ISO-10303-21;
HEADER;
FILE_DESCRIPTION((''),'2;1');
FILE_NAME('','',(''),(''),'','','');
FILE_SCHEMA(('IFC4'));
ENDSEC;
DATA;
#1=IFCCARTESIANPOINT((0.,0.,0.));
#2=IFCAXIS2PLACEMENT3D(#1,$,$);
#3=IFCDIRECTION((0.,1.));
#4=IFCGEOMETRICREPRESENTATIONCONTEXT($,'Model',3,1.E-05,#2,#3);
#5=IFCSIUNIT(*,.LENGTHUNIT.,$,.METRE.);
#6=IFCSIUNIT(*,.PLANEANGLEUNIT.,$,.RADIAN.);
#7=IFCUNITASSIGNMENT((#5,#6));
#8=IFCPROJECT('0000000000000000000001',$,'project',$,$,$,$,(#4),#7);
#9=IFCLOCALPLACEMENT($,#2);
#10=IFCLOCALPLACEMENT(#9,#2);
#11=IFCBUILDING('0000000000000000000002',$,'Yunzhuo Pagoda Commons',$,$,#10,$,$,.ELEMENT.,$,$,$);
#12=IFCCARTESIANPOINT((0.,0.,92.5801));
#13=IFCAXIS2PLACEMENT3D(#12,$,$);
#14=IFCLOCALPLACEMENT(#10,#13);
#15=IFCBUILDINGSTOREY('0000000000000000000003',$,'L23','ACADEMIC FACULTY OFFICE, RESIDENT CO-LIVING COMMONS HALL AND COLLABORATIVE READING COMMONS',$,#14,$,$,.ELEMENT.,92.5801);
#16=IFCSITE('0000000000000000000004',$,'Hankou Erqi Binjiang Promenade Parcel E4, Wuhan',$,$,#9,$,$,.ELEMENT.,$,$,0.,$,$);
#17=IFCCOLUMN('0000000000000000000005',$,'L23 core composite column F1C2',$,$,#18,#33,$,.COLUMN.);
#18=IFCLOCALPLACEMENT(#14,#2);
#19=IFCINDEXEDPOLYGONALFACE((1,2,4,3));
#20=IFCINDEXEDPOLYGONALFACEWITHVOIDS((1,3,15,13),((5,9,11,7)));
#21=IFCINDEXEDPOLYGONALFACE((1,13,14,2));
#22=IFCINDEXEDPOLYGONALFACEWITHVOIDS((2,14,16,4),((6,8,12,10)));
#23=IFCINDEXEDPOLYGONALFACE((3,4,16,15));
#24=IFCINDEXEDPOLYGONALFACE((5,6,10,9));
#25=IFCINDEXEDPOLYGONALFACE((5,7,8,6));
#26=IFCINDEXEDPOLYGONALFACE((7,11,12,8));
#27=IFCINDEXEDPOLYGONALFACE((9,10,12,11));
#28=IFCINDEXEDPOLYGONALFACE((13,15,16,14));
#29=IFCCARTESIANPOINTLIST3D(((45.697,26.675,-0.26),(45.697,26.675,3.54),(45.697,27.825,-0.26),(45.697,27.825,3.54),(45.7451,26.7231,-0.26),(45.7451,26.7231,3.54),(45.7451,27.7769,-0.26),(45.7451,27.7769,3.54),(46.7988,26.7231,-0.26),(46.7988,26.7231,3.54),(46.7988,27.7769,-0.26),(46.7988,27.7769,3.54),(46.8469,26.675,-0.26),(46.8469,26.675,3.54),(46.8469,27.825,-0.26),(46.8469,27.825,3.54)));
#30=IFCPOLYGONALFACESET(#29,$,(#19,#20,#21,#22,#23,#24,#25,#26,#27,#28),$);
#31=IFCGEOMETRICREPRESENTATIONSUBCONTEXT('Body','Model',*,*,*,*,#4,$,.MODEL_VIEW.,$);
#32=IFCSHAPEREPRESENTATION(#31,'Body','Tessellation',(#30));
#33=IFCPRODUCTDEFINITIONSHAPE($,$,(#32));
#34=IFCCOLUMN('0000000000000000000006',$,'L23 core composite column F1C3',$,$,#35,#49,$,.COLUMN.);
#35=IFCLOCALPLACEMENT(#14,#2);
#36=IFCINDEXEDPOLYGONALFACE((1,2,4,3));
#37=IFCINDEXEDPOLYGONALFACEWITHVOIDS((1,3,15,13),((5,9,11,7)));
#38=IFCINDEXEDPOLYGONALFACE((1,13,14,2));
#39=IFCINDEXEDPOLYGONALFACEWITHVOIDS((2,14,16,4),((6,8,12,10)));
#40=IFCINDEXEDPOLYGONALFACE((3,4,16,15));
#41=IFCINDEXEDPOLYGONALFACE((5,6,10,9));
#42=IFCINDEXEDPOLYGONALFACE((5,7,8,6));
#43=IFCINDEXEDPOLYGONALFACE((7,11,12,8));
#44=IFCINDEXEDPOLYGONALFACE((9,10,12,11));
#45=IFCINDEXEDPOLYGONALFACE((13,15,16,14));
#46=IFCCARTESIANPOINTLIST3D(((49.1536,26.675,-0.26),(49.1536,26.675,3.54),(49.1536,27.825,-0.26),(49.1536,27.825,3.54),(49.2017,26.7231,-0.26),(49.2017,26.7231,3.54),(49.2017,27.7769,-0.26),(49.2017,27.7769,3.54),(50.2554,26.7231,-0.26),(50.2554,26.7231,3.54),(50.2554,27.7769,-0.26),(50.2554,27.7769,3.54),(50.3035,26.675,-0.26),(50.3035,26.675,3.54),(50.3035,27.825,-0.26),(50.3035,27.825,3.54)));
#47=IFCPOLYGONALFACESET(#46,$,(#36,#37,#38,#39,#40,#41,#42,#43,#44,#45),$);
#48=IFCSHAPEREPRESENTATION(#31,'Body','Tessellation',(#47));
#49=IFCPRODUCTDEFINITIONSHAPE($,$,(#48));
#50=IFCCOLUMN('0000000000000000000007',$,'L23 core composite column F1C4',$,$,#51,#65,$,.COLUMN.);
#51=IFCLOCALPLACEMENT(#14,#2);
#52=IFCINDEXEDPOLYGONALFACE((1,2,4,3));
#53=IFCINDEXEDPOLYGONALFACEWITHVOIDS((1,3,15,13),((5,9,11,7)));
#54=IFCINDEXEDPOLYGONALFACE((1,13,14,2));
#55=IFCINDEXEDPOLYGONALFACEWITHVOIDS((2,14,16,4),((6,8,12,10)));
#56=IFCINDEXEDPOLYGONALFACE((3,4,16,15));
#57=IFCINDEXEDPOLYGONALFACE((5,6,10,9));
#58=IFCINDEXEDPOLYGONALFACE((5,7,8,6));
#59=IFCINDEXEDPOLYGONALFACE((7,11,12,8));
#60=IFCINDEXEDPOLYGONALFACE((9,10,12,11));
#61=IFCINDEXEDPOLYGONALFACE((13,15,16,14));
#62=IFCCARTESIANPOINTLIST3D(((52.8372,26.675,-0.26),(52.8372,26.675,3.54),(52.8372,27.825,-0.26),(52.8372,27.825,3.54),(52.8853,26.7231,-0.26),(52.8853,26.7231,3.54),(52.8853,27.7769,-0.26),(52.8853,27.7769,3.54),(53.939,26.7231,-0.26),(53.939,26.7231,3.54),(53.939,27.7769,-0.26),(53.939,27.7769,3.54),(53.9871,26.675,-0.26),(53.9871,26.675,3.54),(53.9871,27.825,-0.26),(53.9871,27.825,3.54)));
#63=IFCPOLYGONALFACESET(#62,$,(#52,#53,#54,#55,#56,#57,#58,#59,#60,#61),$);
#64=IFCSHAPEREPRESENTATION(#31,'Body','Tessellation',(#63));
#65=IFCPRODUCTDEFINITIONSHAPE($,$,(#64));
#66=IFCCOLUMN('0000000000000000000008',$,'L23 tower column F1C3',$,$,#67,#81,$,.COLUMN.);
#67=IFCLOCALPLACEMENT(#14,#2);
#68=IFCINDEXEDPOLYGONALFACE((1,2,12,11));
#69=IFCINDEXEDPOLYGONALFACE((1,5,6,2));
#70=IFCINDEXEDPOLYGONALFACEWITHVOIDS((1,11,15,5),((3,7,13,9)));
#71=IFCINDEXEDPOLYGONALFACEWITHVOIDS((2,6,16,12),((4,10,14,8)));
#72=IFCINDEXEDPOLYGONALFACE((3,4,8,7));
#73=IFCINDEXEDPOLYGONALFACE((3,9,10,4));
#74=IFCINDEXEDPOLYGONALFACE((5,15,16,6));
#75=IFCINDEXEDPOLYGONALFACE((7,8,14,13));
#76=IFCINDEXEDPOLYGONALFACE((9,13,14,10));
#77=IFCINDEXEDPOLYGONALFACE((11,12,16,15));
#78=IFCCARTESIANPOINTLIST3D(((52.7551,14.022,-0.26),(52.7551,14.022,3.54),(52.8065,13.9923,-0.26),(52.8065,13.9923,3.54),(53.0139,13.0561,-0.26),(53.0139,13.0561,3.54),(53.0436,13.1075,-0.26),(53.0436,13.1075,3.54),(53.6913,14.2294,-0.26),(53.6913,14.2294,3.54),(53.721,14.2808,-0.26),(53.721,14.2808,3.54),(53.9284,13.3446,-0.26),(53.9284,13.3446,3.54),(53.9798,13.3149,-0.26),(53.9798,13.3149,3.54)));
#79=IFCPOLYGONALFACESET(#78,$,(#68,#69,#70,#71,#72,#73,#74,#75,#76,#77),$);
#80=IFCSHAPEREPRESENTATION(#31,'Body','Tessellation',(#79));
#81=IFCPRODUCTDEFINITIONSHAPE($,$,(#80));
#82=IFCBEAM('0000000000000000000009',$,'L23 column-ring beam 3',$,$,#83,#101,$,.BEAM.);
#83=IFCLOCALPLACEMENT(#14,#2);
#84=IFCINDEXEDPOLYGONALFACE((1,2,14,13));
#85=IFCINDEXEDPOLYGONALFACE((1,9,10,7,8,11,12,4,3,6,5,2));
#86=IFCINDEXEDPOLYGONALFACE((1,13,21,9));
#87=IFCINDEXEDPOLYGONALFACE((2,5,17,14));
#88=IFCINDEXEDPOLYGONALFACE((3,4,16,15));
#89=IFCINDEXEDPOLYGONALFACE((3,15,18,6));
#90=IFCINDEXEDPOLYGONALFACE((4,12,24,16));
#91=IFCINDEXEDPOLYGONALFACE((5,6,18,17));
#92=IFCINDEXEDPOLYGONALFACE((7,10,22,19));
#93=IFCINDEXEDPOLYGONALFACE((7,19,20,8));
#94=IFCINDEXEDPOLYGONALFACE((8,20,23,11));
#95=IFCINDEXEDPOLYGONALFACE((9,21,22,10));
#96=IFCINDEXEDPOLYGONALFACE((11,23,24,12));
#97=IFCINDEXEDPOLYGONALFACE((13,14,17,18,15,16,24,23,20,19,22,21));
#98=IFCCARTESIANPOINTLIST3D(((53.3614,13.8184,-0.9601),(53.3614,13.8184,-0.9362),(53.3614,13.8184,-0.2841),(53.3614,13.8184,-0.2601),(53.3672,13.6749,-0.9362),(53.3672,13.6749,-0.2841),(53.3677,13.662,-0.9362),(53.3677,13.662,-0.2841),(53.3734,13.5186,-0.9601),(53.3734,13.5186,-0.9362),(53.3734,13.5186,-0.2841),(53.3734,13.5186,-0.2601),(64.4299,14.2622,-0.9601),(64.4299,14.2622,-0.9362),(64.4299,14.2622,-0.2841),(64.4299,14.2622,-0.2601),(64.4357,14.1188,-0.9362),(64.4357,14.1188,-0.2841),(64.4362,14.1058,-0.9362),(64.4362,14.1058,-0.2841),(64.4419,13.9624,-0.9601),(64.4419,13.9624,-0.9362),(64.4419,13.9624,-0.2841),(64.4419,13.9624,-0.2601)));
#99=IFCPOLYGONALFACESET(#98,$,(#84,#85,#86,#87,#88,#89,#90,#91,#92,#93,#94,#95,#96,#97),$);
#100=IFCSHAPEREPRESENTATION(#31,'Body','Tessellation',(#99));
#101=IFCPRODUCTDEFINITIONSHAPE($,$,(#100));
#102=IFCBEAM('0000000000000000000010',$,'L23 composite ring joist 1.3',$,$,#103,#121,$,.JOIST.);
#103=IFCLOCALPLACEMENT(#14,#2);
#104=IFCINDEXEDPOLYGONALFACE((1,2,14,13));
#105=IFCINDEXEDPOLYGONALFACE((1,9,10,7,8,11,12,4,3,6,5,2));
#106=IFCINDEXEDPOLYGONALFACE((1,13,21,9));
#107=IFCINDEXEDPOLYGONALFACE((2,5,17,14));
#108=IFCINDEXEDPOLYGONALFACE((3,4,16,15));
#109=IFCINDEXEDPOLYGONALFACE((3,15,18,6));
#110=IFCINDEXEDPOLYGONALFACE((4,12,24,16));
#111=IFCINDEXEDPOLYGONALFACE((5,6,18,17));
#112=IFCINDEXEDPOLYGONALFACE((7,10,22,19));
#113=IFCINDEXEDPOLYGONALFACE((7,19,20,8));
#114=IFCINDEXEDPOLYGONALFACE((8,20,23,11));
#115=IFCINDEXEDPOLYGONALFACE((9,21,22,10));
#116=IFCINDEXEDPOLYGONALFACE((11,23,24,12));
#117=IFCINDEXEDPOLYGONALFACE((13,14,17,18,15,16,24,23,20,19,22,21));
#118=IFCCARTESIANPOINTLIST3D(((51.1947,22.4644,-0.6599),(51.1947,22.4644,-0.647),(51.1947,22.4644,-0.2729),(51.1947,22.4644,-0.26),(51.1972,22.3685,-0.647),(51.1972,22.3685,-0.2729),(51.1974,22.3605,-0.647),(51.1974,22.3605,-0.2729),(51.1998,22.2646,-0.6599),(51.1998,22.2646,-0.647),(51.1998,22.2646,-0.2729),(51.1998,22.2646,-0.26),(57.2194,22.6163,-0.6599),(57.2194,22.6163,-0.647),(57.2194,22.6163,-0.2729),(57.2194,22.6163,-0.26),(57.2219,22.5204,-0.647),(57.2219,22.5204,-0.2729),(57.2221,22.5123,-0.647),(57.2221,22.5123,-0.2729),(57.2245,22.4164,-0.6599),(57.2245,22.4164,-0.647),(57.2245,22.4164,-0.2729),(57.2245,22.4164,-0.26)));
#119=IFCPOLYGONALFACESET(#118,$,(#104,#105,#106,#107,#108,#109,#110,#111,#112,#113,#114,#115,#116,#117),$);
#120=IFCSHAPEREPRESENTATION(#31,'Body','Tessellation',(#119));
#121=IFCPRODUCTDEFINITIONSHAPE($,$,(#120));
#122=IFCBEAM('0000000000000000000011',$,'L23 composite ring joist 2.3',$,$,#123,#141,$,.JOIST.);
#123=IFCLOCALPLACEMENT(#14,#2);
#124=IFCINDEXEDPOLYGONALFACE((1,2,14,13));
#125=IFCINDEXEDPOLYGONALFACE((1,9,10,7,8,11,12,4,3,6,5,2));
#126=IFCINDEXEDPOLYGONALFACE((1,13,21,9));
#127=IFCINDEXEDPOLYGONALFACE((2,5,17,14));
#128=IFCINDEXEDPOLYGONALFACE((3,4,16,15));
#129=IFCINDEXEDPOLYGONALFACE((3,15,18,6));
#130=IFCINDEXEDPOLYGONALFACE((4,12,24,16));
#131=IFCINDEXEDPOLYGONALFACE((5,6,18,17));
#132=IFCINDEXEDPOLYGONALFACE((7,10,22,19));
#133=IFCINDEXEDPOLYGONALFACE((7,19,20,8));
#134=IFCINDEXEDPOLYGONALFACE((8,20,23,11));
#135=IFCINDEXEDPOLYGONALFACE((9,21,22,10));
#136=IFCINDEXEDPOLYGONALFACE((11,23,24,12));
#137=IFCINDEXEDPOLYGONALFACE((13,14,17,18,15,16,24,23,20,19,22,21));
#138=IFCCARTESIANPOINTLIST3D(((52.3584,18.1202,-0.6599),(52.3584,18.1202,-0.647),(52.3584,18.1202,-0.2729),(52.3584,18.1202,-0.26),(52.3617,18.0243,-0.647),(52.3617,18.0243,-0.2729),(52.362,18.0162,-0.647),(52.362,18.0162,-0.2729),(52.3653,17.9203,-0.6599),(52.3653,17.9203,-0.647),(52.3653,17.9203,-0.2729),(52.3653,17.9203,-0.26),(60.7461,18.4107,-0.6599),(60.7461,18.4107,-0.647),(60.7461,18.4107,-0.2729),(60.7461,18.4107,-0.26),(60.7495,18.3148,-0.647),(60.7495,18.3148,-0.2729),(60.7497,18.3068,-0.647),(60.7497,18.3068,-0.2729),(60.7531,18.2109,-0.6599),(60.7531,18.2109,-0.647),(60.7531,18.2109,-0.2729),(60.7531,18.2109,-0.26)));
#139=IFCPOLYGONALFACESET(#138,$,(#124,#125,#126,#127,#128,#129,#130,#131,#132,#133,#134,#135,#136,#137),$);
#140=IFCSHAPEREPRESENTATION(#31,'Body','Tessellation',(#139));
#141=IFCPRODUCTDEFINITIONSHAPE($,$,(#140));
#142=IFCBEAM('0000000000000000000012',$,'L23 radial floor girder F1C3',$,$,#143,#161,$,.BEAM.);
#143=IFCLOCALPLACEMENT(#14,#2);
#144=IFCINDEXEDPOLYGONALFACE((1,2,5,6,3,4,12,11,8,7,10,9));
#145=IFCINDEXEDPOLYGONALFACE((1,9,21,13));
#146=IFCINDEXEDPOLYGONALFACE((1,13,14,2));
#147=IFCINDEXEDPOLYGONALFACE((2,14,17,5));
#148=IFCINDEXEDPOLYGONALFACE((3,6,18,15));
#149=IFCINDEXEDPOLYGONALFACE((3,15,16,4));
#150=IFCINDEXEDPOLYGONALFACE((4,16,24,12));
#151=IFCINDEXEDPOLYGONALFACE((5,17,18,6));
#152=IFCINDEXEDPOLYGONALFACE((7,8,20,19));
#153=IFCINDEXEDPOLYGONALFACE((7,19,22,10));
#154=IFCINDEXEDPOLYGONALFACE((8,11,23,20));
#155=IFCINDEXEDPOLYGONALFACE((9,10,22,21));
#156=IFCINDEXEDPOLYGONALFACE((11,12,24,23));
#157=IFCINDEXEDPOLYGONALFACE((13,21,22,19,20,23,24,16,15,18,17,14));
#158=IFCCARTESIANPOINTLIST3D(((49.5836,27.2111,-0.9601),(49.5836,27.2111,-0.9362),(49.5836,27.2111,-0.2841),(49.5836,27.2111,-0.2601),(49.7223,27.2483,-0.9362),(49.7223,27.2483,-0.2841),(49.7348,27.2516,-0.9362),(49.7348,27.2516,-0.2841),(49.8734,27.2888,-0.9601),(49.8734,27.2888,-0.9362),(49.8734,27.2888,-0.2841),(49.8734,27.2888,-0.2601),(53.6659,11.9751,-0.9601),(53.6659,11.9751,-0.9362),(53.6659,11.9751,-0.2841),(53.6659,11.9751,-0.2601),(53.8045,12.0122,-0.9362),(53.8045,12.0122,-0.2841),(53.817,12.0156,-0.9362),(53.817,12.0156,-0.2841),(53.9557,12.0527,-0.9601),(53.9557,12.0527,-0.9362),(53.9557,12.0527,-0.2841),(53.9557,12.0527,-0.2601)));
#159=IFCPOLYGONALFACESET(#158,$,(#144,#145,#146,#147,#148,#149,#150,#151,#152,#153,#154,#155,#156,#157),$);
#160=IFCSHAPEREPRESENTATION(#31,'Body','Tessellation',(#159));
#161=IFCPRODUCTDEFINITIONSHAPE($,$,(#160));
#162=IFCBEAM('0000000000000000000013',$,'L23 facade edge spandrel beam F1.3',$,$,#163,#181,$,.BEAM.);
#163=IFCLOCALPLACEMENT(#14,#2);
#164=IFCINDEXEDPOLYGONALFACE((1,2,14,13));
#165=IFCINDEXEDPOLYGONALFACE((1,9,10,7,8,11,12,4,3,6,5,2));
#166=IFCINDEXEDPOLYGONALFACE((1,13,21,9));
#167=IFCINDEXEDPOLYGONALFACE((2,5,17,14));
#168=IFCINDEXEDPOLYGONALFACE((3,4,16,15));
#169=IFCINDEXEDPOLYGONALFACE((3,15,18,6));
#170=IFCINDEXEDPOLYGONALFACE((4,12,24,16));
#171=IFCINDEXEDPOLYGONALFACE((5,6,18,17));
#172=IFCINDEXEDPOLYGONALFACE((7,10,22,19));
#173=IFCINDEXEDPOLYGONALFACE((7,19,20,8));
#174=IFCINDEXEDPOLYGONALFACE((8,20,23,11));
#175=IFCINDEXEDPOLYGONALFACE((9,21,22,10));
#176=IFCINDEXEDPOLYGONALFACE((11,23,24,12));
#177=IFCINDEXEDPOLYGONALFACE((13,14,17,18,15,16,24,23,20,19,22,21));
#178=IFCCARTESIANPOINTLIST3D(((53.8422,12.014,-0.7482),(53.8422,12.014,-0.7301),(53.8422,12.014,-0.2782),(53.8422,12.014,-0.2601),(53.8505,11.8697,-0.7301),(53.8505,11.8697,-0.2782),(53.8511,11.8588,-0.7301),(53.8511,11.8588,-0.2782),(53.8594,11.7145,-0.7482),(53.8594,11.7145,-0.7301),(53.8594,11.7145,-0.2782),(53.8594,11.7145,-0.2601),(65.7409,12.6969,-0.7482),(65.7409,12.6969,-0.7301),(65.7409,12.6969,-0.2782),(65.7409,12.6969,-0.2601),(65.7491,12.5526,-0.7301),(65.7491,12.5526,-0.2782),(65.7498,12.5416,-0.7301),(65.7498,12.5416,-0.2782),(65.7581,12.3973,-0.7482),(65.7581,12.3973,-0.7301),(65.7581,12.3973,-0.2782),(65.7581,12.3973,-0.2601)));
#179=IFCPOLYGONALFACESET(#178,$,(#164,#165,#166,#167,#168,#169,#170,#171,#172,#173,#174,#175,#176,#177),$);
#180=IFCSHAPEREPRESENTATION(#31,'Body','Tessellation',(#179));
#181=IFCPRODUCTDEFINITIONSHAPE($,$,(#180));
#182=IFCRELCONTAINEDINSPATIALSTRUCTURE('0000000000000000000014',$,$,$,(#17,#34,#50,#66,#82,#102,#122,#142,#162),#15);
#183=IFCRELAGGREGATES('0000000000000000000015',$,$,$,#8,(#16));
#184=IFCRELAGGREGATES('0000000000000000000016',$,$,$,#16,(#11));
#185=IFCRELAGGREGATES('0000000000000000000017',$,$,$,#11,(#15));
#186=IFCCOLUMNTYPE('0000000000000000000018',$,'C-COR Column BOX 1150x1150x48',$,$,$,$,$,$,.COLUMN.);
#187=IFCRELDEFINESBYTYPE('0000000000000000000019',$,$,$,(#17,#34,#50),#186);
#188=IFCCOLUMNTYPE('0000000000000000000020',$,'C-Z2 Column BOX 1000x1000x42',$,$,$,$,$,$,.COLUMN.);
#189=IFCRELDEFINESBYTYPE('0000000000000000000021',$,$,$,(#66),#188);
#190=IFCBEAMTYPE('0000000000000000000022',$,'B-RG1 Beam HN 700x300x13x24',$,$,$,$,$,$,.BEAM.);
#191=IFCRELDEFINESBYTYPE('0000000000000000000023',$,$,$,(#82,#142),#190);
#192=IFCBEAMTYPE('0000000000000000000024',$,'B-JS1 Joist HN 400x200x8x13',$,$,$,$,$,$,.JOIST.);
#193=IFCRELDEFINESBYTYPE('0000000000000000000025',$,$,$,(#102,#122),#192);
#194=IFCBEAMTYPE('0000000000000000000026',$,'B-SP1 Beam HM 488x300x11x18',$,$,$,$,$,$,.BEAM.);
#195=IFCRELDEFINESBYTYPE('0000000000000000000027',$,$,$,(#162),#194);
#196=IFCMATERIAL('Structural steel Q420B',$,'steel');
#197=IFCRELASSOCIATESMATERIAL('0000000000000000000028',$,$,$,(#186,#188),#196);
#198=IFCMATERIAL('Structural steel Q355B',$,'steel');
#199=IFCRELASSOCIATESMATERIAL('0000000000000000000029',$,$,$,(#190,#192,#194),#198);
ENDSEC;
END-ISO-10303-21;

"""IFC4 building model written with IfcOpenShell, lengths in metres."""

from ifc_helpers import new_model, si_unit, direction, frame, origin, origin_2d, place, context, subcontext, project, spatial, hollow_rectangle, i_section, extrude, source, transform, mapped, material, material_profile, profile_set, type_object, element, save


model = new_model("IFC4")

# Units and contexts
model_context = context("Model", 3, precision=1e-05, world=origin(), true_north=direction((0.0, 1.0)))
body_context = subcontext(model_context, "Body", "Model", "MODEL_VIEW")
ifc_project = project(units=[si_unit("LENGTHUNIT", "METRE"), si_unit("PLANEANGLEUNIT", "RADIAN")], contexts=[model_context])

# Site, building, storey
site_placement = place(None, origin())
site = spatial("IfcSite", under=ifc_project, at=site_placement, Name="Hankou Erqi Binjiang Promenade Parcel E4, Wuhan", CompositionType="ELEMENT", RefElevation=0.0)
building_placement = place(site_placement, origin())
building = spatial("IfcBuilding", under=site, at=building_placement, Name="Yunzhuo Pagoda Commons", CompositionType="ELEMENT")
storey_placement = place(building_placement, frame((0.0, 0.0, 92.5801)))
storey = spatial("IfcBuildingStorey", under=building, at=storey_placement, Name="L23", Description="ACADEMIC FACULTY OFFICE, RESIDENT CO-LIVING COMMONS HALL AND COLLABORATIVE READING COMMONS", CompositionType="ELEMENT", Elevation=92.5801)

# Columns
ifc_material_1 = material(Name="Structural steel Q420B", Category="steel")
ifc_material_profile_1 = material_profile(ifc_material_1, hollow_rectangle(XDim=1.1499, YDim=1.1499, WallThickness=0.0481, at=origin_2d()), Name="Structural steel Q420B")
ifc_profile_set_1 = profile_set([ifc_material_profile_1], Name="Structural steel Q420B")
column_type_1 = type_object("IfcColumnType", Name="C-COR Column BOX 1150x1150x48", PredefinedType="COLUMN", material=ifc_profile_set_1)
shared_shape_1 = source(origin(), body_context, "Body", "SweptSolid", [
    extrude(hollow_rectangle(XDim=1.1499, YDim=1.1499, WallThickness=0.0481, at=origin_2d()), origin(), (0.0, 0.0, 1.0), 3.8),
])
for number, where, z_axis, x_axis, name in (
    (1, (46.272, 27.25, -0.26), (0.0, 0.0, 1.0), (1.0, 0.0, 0.0), "L23 core composite column F1C2"),
    (2, (49.7285, 27.25, -0.26), (0.0, 0.0, 1.0), (1.0, 0.0, 0.0), "L23 core composite column F1C3"),
    (3, (53.4121, 27.25, -0.26), (0.0, 0.0, 1.0), (1.0, 0.0, 0.0), "L23 core composite column F1C4"),
):
    element("IfcColumn", number, at=place(storey_placement, frame(where, z_axis=z_axis, x_axis=x_axis)), inside=storey, type_object=column_type_1, Name=name, PredefinedType="COLUMN", context=body_context, shape_type="MappedRepresentation", body=[
        mapped(shared_shape_1, transform((0.0, 0.0, 0.0), scale=1.0)),
    ])
ifc_material_profile_2 = material_profile(ifc_material_1, hollow_rectangle(XDim=1.0, YDim=1.0, WallThickness=0.042, at=origin_2d()), Name="Structural steel Q420B")
ifc_profile_set_2 = profile_set([ifc_material_profile_2], Name="Structural steel Q420B")
column_type_2 = type_object("IfcColumnType", Name="C-Z2 Column BOX 1000x1000x42", PredefinedType="COLUMN", material=ifc_profile_set_2)
shared_shape_2 = source(origin(), body_context, "Body", "SweptSolid", [
    extrude(hollow_rectangle(XDim=1.0, YDim=1.0, WallThickness=0.042, at=origin_2d()), origin(), (0.0, 0.0, 1.0), 3.8),
])
column_placement = place(storey_placement, frame((53.3674, 13.6685, -0.26), z_axis=(0.0, 0.0, 1.0), x_axis=(0.965926, 0.258819, 0.0)))
element("IfcColumn", 4, at=column_placement, inside=storey, type_object=column_type_2, Name="L23 tower column F1C3", PredefinedType="COLUMN", context=body_context, shape_type="MappedRepresentation", body=[
    mapped(shared_shape_2, transform((0.0, 0.0, 0.0), scale=1.0)),
])

# Beams
ifc_material_2 = material(Name="Structural steel Q355B", Category="steel")
ifc_material_profile_3 = material_profile(ifc_material_2, i_section(OverallWidth=0.3, OverallDepth=0.7, WebThickness=0.0129, FlangeThickness=0.0239, at=origin_2d()), Name="Structural steel Q355B")
ifc_profile_set_3 = profile_set([ifc_material_profile_3], Name="Structural steel Q355B")
beam_type_1 = type_object("IfcBeamType", Name="B-RG1 Beam HN 700x300x13x24", PredefinedType="BEAM", material=ifc_profile_set_3)
shared_shape_3 = source(origin(), body_context, "Body", "SweptSolid", [
    extrude(i_section(OverallWidth=0.3, OverallDepth=0.7, WebThickness=0.0129, FlangeThickness=0.0239, at=origin_2d()), origin(), (0.0, 0.0, 1.0), 11.0774),
])
beam_1_placement = place(storey_placement, frame((53.3674, 13.6685, -0.6101), z_axis=(0.999197, 0.040067, 0.0), x_axis=(-0.040067, 0.999197, 0.0)))
element("IfcBeam", 5, at=beam_1_placement, inside=storey, type_object=beam_type_1, Name="L23 column-ring beam 3", PredefinedType="BEAM", context=body_context, shape_type="MappedRepresentation", body=[
    mapped(shared_shape_3, transform((0.0, 0.0, 0.0), scale=1.0)),
])
ifc_material_profile_4 = material_profile(ifc_material_2, i_section(OverallWidth=0.2, OverallDepth=0.3999, WebThickness=0.0081, FlangeThickness=0.0129, at=origin_2d()), Name="Structural steel Q355B")
ifc_profile_set_4 = profile_set([ifc_material_profile_4], Name="Structural steel Q355B")
beam_type_2 = type_object("IfcBeamType", Name="B-JS1 Joist HN 400x200x8x13", PredefinedType="JOIST", material=ifc_profile_set_4)
shared_shape_4 = source(origin(), body_context, "Body", "SweptSolid", [
    extrude(i_section(OverallWidth=0.2, OverallDepth=0.3999, WebThickness=0.0081, FlangeThickness=0.0129, at=origin_2d()), origin(), (0.0, 0.0, 1.0), 6.0266),
])
beam_2_placement = place(storey_placement, frame((51.1973, 22.3645, -0.46), z_axis=(0.999682, 0.025198, 0.0), x_axis=(-0.025198, 0.999682, 0.0)))
element("IfcBeam", 6, at=beam_2_placement, inside=storey, type_object=beam_type_2, Name="L23 composite ring joist 1.3", PredefinedType="JOIST", context=body_context, shape_type="MappedRepresentation", body=[
    mapped(shared_shape_4, transform((0.0, 0.0, 0.0), scale=1.0)),
])
shared_shape_5 = source(origin(), body_context, "Body", "SweptSolid", [
    extrude(i_section(OverallWidth=0.2, OverallDepth=0.3999, WebThickness=0.0081, FlangeThickness=0.0129, at=origin_2d()), origin(), (0.0, 0.0, 1.0), 8.3928),
])
beam_3_placement = place(storey_placement, frame((52.3618, 18.0203, -0.46), z_axis=(0.999401, 0.034617, 0.0), x_axis=(-0.034617, 0.999401, 0.0)))
element("IfcBeam", 7, at=beam_3_placement, inside=storey, type_object=beam_type_2, Name="L23 composite ring joist 2.3", PredefinedType="JOIST", context=body_context, shape_type="MappedRepresentation", body=[
    mapped(shared_shape_5, transform((0.0, 0.0, 0.0), scale=1.0)),
])
shared_shape_6 = source(origin(), body_context, "Body", "SweptSolid", [
    extrude(i_section(OverallWidth=0.3, OverallDepth=0.7, WebThickness=0.0129, FlangeThickness=0.0239, at=origin_2d()), origin(), (0.0, 0.0, 1.0), 15.7734),
])
beam_4_placement = place(storey_placement, frame((53.8108, 12.0139, -0.6101), z_axis=(-0.258806, 0.965929, 0.0), x_axis=(-0.965929, -0.258806, 0.0)))
element("IfcBeam", 8, at=beam_4_placement, inside=storey, type_object=beam_type_1, Name="L23 radial floor girder F1C3", PredefinedType="BEAM", context=body_context, shape_type="MappedRepresentation", body=[
    mapped(shared_shape_6, transform((0.0, 0.0, 0.0), scale=1.0)),
])
ifc_material_profile_5 = material_profile(ifc_material_2, i_section(OverallWidth=0.3, OverallDepth=0.488, WebThickness=0.011, FlangeThickness=0.0181, at=origin_2d()), Name="Structural steel Q355B")
ifc_profile_set_5 = profile_set([ifc_material_profile_5], Name="Structural steel Q355B")
beam_type_3 = type_object("IfcBeamType", Name="B-SP1 Beam HM 488x300x11x18", PredefinedType="BEAM", material=ifc_profile_set_5)
shared_shape_7 = source(origin(), body_context, "Body", "SweptSolid", [
    extrude(i_section(OverallWidth=0.3, OverallDepth=0.488, WebThickness=0.011, FlangeThickness=0.0181, at=origin_2d()), origin(), (0.0, 0.0, 1.0), 11.9182),
])
beam_5_placement = place(storey_placement, frame((53.8508, 11.8643, -0.5042), z_axis=(0.998357, 0.057295, 0.0), x_axis=(-0.057295, 0.998357, 0.0)))
element("IfcBeam", 9, at=beam_5_placement, inside=storey, type_object=beam_type_3, Name="L23 facade edge spandrel beam F1.3", PredefinedType="BEAM", context=body_context, shape_type="MappedRepresentation", body=[
    mapped(shared_shape_7, transform((0.0, 0.0, 0.0), scale=1.0)),
])

save(model, "model.ifc")
